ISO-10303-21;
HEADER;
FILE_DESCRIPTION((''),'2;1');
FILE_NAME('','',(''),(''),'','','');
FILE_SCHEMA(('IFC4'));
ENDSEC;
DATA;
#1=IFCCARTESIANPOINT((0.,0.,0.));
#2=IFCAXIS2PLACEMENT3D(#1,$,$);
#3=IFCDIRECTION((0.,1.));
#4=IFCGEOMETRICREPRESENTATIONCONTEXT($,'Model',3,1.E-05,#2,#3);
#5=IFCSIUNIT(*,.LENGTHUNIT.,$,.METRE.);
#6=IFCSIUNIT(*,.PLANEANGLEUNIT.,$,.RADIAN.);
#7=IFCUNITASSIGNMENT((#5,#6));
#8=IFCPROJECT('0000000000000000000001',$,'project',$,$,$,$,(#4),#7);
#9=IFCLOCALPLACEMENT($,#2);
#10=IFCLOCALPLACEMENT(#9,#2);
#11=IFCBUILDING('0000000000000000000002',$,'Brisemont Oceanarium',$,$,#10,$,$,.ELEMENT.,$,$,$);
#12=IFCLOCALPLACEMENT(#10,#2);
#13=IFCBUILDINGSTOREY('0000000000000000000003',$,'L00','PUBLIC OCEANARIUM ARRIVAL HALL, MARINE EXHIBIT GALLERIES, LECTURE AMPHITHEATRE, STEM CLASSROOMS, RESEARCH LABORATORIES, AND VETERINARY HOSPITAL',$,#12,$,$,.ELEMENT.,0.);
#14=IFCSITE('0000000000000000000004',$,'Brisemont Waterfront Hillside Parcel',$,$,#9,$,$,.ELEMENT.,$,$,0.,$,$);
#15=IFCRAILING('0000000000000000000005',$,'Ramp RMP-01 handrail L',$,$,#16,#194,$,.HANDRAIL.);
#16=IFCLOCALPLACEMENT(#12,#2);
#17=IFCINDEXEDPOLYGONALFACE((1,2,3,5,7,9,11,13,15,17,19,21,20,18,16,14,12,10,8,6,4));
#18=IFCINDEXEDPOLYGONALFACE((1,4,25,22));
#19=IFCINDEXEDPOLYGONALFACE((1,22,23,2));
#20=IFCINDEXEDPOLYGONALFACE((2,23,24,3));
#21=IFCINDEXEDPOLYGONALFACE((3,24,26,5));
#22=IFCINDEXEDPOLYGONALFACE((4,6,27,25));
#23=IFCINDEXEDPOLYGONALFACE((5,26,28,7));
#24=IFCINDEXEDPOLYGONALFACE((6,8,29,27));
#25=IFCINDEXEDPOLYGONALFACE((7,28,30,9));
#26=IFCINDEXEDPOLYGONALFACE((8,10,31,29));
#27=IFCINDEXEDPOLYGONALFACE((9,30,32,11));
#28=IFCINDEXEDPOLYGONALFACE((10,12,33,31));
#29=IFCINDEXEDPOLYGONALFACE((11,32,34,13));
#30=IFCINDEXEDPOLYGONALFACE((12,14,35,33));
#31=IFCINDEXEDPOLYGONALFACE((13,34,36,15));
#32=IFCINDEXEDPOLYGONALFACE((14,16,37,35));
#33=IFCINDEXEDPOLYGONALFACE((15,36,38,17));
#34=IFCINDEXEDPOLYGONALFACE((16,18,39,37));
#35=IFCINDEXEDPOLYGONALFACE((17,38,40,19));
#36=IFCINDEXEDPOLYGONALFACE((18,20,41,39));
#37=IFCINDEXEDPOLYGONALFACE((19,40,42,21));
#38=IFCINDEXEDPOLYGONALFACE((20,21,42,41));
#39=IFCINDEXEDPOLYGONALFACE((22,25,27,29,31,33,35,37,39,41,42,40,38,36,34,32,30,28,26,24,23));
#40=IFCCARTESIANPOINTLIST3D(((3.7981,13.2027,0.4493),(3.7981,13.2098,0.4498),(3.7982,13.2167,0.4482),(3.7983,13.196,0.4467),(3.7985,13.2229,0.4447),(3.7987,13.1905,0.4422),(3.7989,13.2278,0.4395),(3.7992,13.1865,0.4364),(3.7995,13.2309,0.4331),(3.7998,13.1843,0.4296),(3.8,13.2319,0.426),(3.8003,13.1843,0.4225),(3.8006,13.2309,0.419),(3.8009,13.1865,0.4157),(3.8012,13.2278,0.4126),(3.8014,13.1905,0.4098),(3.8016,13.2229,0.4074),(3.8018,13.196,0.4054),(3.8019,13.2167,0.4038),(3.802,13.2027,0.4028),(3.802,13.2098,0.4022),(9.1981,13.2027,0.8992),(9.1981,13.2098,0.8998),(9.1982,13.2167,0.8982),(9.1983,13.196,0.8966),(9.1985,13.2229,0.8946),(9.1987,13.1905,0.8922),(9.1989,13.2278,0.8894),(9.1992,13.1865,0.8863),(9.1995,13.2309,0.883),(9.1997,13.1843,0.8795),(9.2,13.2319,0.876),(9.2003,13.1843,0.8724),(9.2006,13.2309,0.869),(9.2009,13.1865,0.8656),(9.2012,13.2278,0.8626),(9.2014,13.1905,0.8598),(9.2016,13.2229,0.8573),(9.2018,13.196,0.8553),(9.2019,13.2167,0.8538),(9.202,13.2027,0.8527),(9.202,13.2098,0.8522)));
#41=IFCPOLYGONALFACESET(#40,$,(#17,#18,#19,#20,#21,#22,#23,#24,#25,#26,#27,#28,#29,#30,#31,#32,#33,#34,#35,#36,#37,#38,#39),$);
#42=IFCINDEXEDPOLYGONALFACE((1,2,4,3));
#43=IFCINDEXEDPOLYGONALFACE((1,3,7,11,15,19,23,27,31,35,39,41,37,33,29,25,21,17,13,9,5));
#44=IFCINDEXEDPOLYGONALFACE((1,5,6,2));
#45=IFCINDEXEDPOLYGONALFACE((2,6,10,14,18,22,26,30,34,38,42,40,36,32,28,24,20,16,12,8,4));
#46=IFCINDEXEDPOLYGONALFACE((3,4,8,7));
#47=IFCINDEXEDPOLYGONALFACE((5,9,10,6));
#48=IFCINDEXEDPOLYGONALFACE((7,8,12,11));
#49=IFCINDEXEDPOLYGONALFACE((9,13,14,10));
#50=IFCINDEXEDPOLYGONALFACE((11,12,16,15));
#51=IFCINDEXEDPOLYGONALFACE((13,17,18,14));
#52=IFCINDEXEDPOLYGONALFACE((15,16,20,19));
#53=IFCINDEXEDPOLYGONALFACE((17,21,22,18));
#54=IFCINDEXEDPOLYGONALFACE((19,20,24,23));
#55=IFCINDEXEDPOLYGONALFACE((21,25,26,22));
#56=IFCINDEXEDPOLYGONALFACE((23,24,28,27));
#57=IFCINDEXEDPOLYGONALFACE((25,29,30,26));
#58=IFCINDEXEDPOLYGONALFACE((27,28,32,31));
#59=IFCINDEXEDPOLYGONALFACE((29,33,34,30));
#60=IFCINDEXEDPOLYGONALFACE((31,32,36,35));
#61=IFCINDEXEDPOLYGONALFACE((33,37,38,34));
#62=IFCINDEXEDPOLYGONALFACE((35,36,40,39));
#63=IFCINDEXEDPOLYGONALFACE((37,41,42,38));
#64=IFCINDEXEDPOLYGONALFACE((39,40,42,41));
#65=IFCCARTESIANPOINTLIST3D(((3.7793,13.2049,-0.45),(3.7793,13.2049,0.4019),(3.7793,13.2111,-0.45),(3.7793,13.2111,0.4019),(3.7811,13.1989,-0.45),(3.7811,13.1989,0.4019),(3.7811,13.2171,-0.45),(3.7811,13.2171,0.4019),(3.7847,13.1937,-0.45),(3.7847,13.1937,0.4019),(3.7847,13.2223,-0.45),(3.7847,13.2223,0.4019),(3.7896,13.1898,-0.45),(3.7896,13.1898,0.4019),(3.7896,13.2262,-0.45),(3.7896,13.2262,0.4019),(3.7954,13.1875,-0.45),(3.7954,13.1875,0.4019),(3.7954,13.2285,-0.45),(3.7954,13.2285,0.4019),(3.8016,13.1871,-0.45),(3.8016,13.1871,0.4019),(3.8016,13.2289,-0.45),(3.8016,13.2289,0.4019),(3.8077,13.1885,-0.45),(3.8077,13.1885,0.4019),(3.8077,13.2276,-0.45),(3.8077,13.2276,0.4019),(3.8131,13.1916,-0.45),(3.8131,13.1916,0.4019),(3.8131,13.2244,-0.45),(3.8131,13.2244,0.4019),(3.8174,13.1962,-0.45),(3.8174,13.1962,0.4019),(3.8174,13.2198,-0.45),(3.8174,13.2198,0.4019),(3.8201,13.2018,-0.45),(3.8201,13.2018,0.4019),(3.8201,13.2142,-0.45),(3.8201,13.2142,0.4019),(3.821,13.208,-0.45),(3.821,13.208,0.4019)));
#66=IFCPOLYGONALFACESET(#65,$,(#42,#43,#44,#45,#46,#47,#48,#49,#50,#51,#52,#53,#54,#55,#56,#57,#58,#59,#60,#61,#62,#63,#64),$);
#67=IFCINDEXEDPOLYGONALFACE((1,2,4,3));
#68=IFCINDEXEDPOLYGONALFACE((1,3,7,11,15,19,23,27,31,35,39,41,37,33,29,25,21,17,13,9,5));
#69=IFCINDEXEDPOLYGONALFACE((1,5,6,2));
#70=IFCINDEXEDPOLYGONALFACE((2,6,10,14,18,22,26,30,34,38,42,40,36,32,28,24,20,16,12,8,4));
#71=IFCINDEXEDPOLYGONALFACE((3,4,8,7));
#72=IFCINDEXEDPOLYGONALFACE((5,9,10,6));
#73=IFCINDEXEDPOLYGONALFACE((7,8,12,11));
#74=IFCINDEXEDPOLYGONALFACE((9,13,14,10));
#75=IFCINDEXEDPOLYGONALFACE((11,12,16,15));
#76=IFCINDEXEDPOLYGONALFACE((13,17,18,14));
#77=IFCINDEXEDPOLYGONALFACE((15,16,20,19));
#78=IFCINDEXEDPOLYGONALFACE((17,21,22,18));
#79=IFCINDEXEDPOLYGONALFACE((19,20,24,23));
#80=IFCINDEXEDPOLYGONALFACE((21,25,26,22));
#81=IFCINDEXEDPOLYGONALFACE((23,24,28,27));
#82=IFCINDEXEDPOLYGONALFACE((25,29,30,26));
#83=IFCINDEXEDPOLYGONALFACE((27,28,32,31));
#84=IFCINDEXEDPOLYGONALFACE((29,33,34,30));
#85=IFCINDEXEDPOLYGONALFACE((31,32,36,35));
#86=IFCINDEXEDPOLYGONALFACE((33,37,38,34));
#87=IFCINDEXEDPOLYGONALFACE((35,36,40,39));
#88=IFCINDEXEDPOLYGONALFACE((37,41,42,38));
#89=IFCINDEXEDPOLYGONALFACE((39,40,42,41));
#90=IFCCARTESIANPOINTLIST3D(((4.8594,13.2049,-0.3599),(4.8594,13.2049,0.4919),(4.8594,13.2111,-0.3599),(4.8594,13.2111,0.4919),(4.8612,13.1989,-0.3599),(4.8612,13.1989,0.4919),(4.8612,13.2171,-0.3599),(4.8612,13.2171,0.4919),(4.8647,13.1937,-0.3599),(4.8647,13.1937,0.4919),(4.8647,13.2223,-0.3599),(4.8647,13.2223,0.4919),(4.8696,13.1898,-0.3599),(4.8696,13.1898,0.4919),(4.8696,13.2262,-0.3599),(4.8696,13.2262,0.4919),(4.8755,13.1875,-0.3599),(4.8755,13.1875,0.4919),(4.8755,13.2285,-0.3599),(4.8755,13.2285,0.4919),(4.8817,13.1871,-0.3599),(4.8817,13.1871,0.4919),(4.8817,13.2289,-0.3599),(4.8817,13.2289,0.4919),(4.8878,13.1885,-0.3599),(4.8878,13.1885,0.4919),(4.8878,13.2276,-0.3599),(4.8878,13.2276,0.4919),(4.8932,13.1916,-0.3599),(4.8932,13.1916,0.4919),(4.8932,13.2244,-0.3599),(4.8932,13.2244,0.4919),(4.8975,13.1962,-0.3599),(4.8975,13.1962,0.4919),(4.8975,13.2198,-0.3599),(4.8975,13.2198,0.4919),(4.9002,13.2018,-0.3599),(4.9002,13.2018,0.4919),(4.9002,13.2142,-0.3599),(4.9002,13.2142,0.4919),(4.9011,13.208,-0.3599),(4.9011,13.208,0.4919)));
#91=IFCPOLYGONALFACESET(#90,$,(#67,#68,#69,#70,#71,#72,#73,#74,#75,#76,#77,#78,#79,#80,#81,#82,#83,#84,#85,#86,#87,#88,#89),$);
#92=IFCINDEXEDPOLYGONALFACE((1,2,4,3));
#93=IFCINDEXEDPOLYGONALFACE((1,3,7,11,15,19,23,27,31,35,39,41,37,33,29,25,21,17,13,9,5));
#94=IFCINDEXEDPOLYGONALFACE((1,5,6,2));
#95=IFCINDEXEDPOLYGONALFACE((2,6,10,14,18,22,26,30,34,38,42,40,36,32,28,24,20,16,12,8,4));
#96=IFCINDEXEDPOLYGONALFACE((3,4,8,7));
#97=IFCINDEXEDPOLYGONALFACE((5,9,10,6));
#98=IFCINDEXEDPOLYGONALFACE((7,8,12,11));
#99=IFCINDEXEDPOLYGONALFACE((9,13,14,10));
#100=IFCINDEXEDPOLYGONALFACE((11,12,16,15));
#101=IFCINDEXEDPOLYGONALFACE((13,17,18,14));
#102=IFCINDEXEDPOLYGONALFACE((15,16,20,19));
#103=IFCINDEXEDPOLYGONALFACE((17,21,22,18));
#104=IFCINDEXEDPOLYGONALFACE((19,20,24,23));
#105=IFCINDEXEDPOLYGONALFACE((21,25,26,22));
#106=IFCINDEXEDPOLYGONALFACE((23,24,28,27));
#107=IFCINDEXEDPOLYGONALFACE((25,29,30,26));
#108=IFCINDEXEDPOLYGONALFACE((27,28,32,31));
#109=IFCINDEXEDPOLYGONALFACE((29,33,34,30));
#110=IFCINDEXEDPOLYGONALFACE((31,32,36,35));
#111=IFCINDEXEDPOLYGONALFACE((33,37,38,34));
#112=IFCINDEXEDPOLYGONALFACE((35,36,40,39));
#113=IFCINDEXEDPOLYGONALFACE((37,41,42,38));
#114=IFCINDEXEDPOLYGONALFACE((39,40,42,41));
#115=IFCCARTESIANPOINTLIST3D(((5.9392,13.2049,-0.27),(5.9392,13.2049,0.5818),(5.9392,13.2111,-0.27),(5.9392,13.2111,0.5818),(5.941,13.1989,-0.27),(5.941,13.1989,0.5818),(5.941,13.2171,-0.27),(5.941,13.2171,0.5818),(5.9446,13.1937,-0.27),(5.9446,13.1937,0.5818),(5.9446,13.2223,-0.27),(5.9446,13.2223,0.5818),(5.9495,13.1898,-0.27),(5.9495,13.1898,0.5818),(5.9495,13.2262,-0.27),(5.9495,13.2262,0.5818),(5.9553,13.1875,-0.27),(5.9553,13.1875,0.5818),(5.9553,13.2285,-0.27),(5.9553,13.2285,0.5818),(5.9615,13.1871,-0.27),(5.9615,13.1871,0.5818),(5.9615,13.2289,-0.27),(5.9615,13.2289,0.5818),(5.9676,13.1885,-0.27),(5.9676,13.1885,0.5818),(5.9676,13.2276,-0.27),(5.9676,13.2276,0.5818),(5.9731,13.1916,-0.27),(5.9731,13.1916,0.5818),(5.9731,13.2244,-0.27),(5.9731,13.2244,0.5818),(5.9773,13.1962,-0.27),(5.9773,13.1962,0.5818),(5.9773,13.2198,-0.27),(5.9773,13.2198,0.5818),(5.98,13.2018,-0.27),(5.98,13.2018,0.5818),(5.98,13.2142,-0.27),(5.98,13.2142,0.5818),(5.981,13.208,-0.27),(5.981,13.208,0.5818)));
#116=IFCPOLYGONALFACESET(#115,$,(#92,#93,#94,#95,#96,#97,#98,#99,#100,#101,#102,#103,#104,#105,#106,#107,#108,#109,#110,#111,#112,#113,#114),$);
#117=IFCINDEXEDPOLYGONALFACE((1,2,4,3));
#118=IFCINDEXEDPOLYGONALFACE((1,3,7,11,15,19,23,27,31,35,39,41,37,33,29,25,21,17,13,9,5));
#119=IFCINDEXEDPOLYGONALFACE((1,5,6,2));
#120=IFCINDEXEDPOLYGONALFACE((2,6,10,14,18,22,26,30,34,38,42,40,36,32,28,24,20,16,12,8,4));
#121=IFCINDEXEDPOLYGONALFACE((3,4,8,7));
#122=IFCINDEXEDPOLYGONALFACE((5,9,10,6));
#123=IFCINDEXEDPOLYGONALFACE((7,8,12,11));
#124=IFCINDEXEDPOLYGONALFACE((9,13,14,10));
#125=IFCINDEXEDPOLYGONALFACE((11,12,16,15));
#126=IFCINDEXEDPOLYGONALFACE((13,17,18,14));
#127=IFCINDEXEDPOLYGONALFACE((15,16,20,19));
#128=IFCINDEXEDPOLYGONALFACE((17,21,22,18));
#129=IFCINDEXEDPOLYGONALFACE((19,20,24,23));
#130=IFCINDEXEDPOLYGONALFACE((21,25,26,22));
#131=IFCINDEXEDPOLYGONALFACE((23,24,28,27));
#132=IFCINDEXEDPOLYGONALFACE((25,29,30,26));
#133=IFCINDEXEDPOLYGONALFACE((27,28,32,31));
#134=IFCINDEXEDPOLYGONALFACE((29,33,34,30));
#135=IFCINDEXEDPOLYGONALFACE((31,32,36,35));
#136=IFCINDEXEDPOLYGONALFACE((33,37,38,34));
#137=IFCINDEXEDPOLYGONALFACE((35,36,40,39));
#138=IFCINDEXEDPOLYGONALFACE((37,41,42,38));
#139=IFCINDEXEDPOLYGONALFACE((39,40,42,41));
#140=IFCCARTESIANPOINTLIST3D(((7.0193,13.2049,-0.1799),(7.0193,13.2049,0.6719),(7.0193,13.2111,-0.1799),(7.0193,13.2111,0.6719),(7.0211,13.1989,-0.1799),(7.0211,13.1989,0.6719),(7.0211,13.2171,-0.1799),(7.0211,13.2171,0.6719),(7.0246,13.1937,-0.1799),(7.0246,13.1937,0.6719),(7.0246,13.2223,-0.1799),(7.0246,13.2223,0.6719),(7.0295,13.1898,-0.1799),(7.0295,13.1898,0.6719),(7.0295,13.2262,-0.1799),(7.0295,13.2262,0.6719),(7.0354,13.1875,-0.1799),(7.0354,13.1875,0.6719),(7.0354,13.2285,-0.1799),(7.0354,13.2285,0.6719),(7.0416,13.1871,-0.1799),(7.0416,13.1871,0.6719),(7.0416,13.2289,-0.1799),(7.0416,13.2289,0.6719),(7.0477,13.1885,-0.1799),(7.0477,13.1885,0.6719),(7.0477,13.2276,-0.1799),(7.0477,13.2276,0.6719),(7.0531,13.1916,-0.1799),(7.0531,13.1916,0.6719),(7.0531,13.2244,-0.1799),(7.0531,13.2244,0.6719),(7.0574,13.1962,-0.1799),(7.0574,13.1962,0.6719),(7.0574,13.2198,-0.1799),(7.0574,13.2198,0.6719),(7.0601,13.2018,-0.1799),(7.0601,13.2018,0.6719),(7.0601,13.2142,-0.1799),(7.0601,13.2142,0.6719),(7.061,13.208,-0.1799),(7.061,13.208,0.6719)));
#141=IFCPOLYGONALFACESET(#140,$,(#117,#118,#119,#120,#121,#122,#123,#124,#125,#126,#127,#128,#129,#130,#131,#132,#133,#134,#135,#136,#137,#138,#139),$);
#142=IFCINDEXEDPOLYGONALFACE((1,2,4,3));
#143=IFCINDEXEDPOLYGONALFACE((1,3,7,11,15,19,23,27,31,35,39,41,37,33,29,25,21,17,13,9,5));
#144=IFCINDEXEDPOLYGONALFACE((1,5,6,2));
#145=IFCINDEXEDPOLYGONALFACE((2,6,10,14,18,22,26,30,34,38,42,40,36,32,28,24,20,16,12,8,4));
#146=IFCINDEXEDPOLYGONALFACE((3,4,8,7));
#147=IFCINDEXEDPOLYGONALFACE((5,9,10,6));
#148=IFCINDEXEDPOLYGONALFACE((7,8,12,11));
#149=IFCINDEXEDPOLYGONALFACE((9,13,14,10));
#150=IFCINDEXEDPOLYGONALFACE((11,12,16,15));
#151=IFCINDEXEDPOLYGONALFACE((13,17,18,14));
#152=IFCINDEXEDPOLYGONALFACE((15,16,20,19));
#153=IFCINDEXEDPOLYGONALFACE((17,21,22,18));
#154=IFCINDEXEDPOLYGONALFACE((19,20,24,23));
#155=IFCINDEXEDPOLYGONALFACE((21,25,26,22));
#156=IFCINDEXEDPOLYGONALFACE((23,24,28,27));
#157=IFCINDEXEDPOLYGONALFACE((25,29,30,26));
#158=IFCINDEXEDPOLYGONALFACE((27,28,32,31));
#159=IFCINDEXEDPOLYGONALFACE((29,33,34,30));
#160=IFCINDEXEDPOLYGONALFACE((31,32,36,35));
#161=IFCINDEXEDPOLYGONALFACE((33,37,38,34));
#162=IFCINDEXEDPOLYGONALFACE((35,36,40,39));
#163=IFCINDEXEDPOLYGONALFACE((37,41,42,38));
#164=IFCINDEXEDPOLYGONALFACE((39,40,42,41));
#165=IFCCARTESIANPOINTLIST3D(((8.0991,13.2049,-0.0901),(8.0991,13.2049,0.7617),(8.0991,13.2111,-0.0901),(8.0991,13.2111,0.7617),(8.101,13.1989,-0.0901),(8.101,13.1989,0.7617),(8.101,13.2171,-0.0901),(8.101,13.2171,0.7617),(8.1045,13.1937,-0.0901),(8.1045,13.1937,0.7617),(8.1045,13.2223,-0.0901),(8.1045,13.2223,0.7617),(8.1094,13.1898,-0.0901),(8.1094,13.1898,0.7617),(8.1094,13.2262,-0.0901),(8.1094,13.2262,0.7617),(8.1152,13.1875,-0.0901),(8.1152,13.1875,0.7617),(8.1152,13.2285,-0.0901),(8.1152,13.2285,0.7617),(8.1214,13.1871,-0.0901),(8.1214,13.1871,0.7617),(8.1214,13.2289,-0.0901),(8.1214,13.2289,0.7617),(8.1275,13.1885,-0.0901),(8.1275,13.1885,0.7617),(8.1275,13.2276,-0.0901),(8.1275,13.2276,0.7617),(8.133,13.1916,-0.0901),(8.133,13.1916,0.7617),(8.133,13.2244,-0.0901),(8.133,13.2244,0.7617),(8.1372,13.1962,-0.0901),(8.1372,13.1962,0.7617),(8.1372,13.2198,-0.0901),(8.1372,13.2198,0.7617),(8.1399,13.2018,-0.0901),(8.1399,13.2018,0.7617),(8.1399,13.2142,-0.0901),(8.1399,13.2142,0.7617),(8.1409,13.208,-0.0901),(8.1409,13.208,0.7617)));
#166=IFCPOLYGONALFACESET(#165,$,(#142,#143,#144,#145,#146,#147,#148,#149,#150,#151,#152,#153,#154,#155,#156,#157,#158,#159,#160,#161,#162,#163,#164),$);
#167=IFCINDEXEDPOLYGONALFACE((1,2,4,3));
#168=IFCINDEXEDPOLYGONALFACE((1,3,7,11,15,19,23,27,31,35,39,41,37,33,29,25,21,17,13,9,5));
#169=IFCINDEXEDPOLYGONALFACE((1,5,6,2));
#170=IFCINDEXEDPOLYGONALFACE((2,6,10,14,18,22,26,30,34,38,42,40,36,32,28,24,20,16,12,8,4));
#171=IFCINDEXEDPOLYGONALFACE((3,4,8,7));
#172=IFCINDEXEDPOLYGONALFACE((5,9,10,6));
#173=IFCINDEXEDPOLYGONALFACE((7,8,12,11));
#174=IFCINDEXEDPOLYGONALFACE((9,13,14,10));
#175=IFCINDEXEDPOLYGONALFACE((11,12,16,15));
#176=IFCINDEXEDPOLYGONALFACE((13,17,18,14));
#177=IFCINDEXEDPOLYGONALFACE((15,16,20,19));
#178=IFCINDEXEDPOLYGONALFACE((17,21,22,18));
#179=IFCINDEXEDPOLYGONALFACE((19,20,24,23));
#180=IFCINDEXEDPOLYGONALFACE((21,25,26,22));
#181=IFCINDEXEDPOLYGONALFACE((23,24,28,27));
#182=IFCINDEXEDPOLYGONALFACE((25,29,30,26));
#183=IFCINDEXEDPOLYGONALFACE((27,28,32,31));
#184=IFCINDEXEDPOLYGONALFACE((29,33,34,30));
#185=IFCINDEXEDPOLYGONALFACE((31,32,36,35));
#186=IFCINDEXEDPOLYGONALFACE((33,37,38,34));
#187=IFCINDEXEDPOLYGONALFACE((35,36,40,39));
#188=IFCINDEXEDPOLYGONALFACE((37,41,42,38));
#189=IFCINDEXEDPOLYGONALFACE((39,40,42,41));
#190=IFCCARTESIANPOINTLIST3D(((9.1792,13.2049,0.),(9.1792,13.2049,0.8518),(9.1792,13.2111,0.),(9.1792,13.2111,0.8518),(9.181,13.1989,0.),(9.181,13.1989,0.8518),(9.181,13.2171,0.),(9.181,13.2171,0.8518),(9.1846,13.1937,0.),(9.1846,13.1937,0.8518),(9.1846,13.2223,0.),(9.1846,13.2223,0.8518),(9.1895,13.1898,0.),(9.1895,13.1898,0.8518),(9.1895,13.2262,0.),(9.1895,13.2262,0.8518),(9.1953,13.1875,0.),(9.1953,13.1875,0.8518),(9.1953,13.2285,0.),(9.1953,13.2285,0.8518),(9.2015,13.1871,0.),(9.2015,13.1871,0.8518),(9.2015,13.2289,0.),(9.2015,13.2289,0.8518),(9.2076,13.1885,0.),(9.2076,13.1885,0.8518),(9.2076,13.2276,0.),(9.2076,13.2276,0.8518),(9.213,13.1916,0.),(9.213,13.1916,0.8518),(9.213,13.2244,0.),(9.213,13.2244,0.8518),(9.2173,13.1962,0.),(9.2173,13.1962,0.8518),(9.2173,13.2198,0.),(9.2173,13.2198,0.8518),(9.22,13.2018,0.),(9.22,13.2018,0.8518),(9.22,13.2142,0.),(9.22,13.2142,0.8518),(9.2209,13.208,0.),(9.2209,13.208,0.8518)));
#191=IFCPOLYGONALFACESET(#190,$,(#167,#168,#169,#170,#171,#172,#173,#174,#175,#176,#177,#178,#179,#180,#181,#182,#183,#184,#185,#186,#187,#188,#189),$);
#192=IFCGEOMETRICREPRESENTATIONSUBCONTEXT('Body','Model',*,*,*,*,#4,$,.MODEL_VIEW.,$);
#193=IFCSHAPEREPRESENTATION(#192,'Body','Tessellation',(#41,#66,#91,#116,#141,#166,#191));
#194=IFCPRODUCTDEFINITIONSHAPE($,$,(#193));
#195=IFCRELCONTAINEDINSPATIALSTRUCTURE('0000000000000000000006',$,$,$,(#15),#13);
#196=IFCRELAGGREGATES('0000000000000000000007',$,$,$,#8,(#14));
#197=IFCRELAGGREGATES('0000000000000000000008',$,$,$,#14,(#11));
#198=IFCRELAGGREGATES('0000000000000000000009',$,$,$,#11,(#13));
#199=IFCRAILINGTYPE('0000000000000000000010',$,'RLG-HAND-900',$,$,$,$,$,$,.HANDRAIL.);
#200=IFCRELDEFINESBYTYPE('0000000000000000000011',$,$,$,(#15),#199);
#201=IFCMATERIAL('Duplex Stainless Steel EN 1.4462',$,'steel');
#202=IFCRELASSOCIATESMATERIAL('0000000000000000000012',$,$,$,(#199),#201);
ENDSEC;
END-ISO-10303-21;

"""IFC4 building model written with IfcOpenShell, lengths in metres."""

from ifc_helpers import new_model, si_unit, direction, frame, origin, origin_2d, place, context, subcontext, project, spatial, circle, extrude, material, type_object, element, save


model = new_model("IFC4")

# Units and contexts
model_context = context("Model", 3, precision=1e-05, world=origin(), true_north=direction((0.0, 1.0)))
body_context = subcontext(model_context, "Body", "Model", "MODEL_VIEW")
ifc_project = project(units=[si_unit("LENGTHUNIT", "METRE"), si_unit("PLANEANGLEUNIT", "RADIAN")], contexts=[model_context])

# Site, building, storey
site_placement = place(None, origin())
site = spatial("IfcSite", under=ifc_project, at=site_placement, Name="Brisemont Waterfront Hillside Parcel", CompositionType="ELEMENT", RefElevation=0.0)
building_placement = place(site_placement, origin())
building = spatial("IfcBuilding", under=site, at=building_placement, Name="Brisemont Oceanarium", CompositionType="ELEMENT")
storey_placement = place(building_placement, origin())
storey = spatial("IfcBuildingStorey", under=building, at=storey_placement, Name="L00", Description="PUBLIC OCEANARIUM ARRIVAL HALL, MARINE EXHIBIT GALLERIES, LECTURE AMPHITHEATRE, STEM CLASSROOMS, RESEARCH LABORATORIES, AND VETERINARY HOSPITAL", CompositionType="ELEMENT", Elevation=0.0)

# Railing
ifc_material_1 = material(Name="Duplex Stainless Steel EN 1.4462", Category="steel")
railing_type = type_object("IfcRailingType", Name="RLG-HAND-900", PredefinedType="HANDRAIL", material=ifc_material_1)
railing_placement = place(storey_placement, frame((3.8, 13.208, -0.45)))
element("IfcRailing", 1, at=railing_placement, inside=storey, type_object=railing_type, Name="Ramp RMP-01 handrail L", PredefinedType="HANDRAIL", context=body_context, shape_type="SweptSolid", body=[
    extrude(circle(Radius=0.0239, at=origin_2d()), frame((0.0, 0.0, 0.876), z_axis=(0.996546, 0.0, 0.083038), x_axis=(0.0, 1.0, 0.0)), (0.0, 0.0, 1.0), 5.4187),
    extrude(circle(Radius=0.021, at=origin_2d()), origin(), (0.0, 0.0, 1.0), 0.8518),
    extrude(circle(Radius=0.021, at=origin_2d()), frame((1.0801, 0.0, 0.0901)), (0.0, 0.0, 1.0), 0.8518),
    extrude(circle(Radius=0.021, at=origin_2d()), frame((2.1599, 0.0, 0.1799)), (0.0, 0.0, 1.0), 0.8518),
    extrude(circle(Radius=0.021, at=origin_2d()), frame((3.24, 0.0, 0.27)), (0.0, 0.0, 1.0), 0.8518),
    extrude(circle(Radius=0.021, at=origin_2d()), frame((4.3198, 0.0, 0.3599)), (0.0, 0.0, 1.0), 0.8518),
    extrude(circle(Radius=0.021, at=origin_2d()), frame((5.3999, 0.0, 0.45)), (0.0, 0.0, 1.0), 0.8518),
])

save(model, "model.ifc")
